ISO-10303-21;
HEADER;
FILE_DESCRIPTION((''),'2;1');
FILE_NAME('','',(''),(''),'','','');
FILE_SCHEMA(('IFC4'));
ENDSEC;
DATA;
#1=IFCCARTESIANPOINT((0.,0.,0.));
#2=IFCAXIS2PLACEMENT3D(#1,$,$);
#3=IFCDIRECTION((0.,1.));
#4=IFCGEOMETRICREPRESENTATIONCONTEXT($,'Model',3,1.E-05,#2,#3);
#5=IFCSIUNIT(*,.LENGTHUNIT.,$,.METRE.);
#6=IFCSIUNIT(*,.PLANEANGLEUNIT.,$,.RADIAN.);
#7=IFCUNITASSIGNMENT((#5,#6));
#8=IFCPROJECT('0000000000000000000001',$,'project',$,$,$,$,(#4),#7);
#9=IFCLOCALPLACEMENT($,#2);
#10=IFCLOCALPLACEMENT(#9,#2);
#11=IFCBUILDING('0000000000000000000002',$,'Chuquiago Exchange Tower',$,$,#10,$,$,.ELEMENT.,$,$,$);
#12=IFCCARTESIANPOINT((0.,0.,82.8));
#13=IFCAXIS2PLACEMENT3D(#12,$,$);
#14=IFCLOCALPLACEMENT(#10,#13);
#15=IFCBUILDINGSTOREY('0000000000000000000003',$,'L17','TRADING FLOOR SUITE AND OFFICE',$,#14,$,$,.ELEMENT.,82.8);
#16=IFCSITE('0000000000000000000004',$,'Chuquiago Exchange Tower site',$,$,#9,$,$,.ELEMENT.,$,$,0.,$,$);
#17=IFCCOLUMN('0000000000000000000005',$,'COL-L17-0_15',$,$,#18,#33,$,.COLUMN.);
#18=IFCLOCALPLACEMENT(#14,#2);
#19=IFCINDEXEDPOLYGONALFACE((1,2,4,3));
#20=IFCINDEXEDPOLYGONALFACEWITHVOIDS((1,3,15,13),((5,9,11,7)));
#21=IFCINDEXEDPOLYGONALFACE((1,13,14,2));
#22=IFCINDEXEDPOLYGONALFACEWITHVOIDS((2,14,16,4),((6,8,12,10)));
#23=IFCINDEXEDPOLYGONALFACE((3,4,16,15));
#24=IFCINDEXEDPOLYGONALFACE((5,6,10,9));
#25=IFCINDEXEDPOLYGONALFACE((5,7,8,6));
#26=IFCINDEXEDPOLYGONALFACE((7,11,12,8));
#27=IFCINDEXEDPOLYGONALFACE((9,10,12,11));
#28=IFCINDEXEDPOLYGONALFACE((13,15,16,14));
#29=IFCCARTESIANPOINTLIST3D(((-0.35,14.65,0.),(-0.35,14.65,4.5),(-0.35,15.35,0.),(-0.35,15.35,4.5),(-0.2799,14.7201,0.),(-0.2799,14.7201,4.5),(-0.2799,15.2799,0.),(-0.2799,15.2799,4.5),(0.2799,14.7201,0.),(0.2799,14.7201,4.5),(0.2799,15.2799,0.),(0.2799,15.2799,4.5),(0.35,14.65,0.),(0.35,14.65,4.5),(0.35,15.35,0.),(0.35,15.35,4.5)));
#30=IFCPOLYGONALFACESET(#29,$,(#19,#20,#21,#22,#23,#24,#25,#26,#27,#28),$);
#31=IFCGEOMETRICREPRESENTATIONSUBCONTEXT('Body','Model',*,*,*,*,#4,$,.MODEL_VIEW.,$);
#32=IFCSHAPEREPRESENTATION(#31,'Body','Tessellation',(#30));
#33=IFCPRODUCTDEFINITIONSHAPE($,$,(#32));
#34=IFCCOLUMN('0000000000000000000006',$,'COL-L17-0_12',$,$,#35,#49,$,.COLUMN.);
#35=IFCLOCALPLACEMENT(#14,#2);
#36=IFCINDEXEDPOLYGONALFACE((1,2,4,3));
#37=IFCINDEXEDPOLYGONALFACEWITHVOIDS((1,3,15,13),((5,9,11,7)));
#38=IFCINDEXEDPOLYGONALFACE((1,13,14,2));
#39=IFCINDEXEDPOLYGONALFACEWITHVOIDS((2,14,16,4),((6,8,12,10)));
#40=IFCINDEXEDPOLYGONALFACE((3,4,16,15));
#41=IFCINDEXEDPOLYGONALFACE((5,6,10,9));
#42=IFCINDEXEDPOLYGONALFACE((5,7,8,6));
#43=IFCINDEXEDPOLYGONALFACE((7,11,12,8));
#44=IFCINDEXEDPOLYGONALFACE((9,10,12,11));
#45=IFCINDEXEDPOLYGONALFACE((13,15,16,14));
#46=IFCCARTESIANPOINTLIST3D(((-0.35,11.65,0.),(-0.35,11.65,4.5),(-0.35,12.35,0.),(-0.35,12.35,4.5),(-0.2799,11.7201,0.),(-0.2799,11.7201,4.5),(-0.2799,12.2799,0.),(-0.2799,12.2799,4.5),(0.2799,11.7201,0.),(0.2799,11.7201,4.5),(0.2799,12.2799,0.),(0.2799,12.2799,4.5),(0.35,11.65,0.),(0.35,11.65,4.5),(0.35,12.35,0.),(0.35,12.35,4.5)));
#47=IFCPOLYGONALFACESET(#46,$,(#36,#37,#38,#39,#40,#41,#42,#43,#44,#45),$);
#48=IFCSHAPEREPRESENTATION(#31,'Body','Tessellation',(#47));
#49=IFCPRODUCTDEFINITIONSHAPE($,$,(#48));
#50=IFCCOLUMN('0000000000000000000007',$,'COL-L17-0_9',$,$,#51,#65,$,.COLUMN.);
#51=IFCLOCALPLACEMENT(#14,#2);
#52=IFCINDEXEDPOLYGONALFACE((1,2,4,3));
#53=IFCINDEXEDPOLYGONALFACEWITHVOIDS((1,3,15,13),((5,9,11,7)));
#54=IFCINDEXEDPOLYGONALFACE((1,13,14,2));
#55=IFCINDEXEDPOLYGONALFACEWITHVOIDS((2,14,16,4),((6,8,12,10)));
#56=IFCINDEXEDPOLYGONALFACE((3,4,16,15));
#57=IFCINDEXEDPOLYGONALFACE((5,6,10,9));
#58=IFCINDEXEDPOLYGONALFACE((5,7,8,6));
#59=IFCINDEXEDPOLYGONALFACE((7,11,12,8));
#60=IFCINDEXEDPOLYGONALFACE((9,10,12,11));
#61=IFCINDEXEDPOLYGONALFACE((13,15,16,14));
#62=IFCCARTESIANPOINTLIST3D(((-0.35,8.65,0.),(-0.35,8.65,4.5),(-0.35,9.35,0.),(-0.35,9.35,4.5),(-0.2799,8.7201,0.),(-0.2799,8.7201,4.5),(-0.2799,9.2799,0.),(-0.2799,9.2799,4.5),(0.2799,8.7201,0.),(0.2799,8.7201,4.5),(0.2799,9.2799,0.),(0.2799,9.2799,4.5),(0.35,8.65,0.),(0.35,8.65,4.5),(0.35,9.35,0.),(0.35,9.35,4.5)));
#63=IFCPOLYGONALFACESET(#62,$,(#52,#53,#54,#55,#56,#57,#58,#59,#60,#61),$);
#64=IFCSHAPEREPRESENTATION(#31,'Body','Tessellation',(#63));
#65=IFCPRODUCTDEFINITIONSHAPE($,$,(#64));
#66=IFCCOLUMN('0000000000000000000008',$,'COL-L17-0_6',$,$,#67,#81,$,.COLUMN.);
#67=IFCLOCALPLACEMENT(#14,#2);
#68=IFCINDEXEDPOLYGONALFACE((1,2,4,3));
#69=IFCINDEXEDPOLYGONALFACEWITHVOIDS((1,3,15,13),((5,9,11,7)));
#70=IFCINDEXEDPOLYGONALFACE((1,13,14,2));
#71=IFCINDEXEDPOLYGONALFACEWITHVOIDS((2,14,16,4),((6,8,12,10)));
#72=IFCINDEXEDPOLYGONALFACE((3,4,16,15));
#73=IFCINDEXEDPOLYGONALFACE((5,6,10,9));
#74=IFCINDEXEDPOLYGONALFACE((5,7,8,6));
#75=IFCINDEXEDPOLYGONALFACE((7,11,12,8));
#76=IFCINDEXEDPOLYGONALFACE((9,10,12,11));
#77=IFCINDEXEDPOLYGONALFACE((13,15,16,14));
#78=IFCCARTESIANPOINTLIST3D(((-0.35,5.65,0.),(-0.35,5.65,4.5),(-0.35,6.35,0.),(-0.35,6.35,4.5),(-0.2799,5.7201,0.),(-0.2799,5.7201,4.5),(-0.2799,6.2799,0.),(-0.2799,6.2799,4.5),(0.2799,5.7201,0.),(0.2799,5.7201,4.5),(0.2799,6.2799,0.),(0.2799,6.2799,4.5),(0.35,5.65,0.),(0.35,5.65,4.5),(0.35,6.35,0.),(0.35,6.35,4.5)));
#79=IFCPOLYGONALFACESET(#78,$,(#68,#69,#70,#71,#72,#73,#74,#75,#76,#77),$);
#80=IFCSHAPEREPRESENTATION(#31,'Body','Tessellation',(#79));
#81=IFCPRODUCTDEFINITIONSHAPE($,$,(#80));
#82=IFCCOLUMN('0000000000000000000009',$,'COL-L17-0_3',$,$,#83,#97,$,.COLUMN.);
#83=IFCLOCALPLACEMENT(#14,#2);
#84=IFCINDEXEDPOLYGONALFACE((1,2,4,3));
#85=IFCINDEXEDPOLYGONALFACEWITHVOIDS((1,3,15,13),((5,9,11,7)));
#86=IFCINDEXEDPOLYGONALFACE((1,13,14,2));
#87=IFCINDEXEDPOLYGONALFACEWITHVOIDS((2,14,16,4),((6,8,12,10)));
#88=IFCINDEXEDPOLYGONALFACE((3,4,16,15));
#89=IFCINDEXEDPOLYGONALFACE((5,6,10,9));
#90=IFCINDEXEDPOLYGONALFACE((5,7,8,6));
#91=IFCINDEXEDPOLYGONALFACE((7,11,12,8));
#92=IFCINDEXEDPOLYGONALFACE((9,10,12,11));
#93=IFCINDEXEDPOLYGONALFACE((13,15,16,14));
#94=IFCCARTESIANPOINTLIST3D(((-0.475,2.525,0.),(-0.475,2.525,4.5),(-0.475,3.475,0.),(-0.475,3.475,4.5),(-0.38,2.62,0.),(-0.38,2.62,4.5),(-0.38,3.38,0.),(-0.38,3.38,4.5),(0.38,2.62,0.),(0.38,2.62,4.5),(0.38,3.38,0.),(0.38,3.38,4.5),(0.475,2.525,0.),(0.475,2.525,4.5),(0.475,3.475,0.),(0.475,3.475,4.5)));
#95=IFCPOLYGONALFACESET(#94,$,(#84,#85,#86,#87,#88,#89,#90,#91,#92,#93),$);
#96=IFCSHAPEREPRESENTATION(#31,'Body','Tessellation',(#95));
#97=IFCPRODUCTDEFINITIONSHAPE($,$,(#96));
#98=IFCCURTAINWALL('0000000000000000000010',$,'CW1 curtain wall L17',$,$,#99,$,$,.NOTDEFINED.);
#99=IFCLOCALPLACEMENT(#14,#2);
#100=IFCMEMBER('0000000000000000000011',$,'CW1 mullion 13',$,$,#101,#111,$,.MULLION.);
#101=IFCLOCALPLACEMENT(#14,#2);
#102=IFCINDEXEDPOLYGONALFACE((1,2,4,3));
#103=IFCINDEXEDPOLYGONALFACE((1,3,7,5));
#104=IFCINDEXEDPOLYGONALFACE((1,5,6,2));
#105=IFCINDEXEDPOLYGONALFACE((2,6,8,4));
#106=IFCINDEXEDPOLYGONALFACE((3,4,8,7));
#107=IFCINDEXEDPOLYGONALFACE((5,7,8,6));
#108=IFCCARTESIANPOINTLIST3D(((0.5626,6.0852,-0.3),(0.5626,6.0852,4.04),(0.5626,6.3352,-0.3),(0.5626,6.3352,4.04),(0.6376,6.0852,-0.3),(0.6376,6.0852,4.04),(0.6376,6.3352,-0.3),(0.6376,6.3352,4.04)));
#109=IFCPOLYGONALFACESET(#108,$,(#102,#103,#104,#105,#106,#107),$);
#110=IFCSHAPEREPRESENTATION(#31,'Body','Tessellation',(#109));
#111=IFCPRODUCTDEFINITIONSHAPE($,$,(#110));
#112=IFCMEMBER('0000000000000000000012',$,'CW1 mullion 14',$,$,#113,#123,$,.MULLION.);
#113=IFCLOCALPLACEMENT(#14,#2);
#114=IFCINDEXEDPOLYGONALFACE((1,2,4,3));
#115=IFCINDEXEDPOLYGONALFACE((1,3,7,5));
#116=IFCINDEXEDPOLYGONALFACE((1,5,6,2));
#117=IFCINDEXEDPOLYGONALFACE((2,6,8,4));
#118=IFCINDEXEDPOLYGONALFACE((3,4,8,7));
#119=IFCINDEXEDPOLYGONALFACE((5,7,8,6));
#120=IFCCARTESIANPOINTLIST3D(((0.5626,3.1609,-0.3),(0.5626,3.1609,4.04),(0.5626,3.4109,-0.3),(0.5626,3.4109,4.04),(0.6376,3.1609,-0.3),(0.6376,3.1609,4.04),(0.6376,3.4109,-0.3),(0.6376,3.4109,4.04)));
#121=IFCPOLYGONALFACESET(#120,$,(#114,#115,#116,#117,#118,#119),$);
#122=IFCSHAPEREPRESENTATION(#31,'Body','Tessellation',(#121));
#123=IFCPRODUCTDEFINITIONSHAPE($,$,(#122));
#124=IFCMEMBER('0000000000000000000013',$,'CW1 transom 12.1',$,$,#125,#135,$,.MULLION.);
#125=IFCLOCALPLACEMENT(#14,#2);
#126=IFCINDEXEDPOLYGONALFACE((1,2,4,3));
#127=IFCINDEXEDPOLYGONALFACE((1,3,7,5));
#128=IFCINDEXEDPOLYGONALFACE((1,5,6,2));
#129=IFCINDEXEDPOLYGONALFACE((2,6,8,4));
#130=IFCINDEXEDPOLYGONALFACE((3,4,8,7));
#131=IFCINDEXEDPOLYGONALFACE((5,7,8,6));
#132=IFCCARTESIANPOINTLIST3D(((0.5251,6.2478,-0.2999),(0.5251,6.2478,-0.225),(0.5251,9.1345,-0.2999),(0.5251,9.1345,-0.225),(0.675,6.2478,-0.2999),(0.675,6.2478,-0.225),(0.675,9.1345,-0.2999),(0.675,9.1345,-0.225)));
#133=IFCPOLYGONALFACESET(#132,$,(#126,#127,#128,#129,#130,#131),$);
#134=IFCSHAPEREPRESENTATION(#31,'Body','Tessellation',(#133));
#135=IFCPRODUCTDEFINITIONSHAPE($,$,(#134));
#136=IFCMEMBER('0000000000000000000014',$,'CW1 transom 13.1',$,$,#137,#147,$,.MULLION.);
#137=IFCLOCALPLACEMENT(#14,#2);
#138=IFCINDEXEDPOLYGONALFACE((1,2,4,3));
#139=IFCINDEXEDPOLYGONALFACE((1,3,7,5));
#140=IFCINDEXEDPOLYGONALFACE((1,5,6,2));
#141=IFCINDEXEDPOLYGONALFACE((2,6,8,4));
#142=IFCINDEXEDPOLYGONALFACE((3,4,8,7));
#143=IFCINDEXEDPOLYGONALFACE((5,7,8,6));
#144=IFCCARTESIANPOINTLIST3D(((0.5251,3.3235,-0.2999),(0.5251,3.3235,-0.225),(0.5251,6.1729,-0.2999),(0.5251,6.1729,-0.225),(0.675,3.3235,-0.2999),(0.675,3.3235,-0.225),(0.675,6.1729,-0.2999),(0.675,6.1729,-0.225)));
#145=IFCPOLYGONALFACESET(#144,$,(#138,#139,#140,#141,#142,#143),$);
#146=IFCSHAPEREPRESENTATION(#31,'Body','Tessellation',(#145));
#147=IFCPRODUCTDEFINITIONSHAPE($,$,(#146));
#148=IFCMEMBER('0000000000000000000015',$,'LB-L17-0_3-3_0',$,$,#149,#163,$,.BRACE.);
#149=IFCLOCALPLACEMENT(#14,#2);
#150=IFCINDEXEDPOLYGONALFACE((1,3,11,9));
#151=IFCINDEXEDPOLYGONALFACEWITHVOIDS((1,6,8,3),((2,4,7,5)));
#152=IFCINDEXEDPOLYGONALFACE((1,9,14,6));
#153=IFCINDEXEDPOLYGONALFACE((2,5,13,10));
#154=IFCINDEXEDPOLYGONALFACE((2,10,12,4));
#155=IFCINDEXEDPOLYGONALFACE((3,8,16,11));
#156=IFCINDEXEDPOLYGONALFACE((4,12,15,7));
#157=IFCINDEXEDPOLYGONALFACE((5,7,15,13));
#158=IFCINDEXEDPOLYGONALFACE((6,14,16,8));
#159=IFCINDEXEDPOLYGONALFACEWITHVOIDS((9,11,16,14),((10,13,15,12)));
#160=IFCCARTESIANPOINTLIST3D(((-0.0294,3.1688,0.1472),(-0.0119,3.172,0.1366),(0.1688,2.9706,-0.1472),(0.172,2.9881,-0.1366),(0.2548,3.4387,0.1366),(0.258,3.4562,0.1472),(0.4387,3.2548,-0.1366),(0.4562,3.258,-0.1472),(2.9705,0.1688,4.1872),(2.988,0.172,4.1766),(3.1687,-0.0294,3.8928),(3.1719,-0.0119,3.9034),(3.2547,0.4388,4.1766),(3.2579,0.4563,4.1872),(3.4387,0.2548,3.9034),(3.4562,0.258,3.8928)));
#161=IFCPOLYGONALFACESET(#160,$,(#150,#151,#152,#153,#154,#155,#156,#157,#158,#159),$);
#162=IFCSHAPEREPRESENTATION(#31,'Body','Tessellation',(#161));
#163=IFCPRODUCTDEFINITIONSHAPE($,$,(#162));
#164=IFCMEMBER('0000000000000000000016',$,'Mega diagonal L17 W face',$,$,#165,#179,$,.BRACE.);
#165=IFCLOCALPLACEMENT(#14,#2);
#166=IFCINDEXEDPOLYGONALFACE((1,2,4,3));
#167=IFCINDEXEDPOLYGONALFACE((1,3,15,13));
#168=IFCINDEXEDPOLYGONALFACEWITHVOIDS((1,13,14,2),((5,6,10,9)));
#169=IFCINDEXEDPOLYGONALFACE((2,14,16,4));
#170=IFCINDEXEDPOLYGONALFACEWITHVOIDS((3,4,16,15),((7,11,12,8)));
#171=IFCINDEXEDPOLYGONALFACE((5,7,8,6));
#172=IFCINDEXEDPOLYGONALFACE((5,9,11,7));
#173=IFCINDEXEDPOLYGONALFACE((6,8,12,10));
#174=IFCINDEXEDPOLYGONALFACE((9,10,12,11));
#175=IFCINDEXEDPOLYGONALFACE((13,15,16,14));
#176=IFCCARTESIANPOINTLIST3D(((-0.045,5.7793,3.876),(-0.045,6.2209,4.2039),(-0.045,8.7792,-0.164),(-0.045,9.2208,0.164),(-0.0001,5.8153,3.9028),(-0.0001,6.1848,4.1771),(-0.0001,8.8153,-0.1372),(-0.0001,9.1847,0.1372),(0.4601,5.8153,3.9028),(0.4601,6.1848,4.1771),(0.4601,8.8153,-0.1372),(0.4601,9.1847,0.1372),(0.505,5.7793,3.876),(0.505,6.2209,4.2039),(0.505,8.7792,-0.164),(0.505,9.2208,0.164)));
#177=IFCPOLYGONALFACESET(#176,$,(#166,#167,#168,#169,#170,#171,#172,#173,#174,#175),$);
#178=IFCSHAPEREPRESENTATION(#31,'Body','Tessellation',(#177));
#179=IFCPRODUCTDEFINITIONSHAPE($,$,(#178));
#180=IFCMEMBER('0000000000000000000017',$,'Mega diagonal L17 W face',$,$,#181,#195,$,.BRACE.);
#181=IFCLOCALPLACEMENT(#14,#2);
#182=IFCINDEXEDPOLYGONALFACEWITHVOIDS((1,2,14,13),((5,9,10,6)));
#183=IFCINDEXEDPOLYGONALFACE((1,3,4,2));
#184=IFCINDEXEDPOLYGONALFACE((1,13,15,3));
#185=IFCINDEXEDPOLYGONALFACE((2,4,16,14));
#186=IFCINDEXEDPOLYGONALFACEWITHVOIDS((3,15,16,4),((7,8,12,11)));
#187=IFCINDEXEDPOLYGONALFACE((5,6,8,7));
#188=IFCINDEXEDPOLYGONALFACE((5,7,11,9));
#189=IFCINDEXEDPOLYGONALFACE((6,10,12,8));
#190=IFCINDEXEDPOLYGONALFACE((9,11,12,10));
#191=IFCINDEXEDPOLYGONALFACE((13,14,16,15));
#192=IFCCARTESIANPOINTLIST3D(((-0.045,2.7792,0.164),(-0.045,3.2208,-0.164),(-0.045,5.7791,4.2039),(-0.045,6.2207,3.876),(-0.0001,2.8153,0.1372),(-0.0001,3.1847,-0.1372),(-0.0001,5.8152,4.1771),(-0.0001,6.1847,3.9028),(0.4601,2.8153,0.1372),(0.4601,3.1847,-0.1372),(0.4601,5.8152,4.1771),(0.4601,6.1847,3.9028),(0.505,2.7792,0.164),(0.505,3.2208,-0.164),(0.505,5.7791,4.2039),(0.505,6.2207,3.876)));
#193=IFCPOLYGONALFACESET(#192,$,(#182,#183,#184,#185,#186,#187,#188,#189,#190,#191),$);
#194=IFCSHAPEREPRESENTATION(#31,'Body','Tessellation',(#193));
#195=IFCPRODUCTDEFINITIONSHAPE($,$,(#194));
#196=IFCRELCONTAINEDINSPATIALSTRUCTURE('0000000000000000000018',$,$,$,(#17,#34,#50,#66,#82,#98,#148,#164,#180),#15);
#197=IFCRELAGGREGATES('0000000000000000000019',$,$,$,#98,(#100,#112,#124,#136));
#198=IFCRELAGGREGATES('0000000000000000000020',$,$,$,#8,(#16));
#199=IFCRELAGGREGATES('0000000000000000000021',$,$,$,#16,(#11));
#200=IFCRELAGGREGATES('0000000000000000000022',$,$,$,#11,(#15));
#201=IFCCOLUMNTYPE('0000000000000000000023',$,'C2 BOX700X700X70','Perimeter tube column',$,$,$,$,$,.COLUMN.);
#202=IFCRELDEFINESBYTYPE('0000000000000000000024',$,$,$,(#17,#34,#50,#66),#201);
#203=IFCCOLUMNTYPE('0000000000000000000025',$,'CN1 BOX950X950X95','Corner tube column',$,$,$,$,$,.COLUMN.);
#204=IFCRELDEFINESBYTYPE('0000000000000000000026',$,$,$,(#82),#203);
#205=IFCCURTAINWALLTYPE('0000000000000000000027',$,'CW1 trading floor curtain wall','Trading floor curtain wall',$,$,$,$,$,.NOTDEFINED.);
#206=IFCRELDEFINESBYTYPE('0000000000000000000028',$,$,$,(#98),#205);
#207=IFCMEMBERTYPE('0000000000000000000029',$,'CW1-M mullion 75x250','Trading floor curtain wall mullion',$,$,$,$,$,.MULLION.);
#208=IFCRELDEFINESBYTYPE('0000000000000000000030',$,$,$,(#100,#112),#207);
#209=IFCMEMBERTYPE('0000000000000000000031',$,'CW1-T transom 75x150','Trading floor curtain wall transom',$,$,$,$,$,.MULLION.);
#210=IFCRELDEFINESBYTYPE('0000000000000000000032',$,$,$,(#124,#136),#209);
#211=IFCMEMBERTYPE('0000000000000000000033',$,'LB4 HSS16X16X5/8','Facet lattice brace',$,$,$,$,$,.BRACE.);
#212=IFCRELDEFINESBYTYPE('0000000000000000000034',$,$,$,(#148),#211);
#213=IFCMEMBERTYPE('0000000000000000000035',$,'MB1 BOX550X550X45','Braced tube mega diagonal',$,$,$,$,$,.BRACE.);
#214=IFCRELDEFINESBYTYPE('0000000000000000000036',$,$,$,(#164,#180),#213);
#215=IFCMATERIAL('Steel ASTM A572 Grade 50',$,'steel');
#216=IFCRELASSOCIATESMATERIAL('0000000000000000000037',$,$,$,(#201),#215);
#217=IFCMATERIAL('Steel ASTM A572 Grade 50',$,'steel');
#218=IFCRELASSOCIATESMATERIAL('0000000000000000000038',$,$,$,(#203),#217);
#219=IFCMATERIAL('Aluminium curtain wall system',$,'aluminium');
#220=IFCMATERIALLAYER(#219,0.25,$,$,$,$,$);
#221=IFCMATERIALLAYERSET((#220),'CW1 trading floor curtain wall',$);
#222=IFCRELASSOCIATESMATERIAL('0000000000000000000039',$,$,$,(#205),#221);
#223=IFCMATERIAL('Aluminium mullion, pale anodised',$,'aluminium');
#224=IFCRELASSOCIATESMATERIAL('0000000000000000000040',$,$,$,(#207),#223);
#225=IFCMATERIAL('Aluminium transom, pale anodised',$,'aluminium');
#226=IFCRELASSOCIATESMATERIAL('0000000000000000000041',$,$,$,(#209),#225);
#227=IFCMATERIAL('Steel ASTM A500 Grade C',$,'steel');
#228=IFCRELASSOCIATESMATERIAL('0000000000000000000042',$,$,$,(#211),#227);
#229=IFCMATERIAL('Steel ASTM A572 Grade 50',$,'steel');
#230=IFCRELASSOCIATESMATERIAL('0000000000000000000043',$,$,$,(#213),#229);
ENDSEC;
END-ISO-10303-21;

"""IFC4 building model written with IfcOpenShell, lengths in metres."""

from ifc_helpers import new_model, si_unit, direction, frame, origin, origin_2d, place, context, subcontext, project, spatial, rectangle, hollow_rectangle, extrude, material, layer, layer_set, material_profile, profile_set, type_object, element, aggregate, save


model = new_model("IFC4")

# Units and contexts
model_context = context("Model", 3, precision=1e-05, world=origin(), true_north=direction((0.0, 1.0)))
body_context = subcontext(model_context, "Body", "Model", "MODEL_VIEW")
ifc_project = project(units=[si_unit("LENGTHUNIT", "METRE"), si_unit("PLANEANGLEUNIT", "RADIAN")], contexts=[model_context])

# Site, building, storey
site_placement = place(None, origin())
site = spatial("IfcSite", under=ifc_project, at=site_placement, Name="Chuquiago Exchange Tower site", CompositionType="ELEMENT", RefElevation=0.0)
building_placement = place(site_placement, origin())
building = spatial("IfcBuilding", under=site, at=building_placement, Name="Chuquiago Exchange Tower", CompositionType="ELEMENT")
storey_placement = place(building_placement, frame((0.0, 0.0, 82.8)))
storey = spatial("IfcBuildingStorey", under=building, at=storey_placement, Name="L17", Description="TRADING FLOOR SUITE AND OFFICE", CompositionType="ELEMENT", Elevation=82.8)

# Columns
ifc_material_1 = material(Name="Steel ASTM A572 Grade 50", Category="steel")
ifc_material_profile_1 = material_profile(ifc_material_1, hollow_rectangle(XDim=0.7, YDim=0.7, WallThickness=0.0701, at=origin_2d()), Name="BOX700X700X70")
ifc_profile_set_1 = profile_set([ifc_material_profile_1], Name="Steel ASTM A572 Grade 50")
column_type_1 = type_object("IfcColumnType", Name="C2 BOX700X700X70", Description="Perimeter tube column", PredefinedType="COLUMN", material=ifc_profile_set_1)
for number, where, z_axis, x_axis, name in (
    (1, (0.0, 15.0, 0.0), (0.0, 0.0, 1.0), (-1.0, 0.0, 0.0), "COL-L17-0_15"),
    (2, (0.0, 12.0, 0.0), (0.0, 0.0, 1.0), (-1.0, 0.0, 0.0), "COL-L17-0_12"),
    (3, (0.0, 9.0, 0.0), (0.0, 0.0, 1.0), (-1.0, 0.0, 0.0), "COL-L17-0_9"),
    (4, (0.0, 6.0, 0.0), (0.0, 0.0, 1.0), (-1.0, 0.0, 0.0), "COL-L17-0_6"),
):
    element("IfcColumn", number, at=place(storey_placement, frame(where, z_axis=z_axis, x_axis=x_axis)), inside=storey, type_object=column_type_1, Name=name, PredefinedType="COLUMN", context=body_context, shape_type="SweptSolid", body=[
        extrude(hollow_rectangle(XDim=0.7, YDim=0.7, WallThickness=0.0701, at=origin_2d()), origin(), (0.0, 0.0, 1.0), 4.5),
    ])
ifc_material_2 = material(Name="Steel ASTM A572 Grade 50", Category="steel")
ifc_material_profile_2 = material_profile(ifc_material_2, hollow_rectangle(XDim=0.95, YDim=0.95, WallThickness=0.095, at=origin_2d()), Name="BOX950X950X95")
ifc_profile_set_2 = profile_set([ifc_material_profile_2], Name="Steel ASTM A572 Grade 50")
column_type_2 = type_object("IfcColumnType", Name="CN1 BOX950X950X95", Description="Corner tube column", PredefinedType="COLUMN", material=ifc_profile_set_2)
column_placement = place(storey_placement, frame((0.0, 3.0, 0.0), z_axis=(0.0, 0.0, 1.0), x_axis=(-1.0, 0.0, 0.0)))
element("IfcColumn", 5, at=column_placement, inside=storey, type_object=column_type_2, Name="COL-L17-0_3", PredefinedType="COLUMN", context=body_context, shape_type="SweptSolid", body=[
    extrude(hollow_rectangle(XDim=0.95, YDim=0.95, WallThickness=0.095, at=origin_2d()), origin(), (0.0, 0.0, 1.0), 4.5),
])

# Curtain wall, members
ifc_material_3 = material(Name="Aluminium curtain wall system", Category="aluminium")
ifc_layer_1 = layer(ifc_material_3, 0.25)
ifc_layer_set_1 = layer_set([ifc_layer_1], Name="CW1 trading floor curtain wall")
curtain_wall_type = type_object("IfcCurtainWallType", Name="CW1 trading floor curtain wall", Description="Trading floor curtain wall", PredefinedType="NOTDEFINED", material=ifc_layer_set_1)
curtain_wall_placement = place(storey_placement, origin())
curtain_wall = element("IfcCurtainWall", 6, at=curtain_wall_placement, inside=storey, type_object=curtain_wall_type, Name="CW1 curtain wall L17", PredefinedType="NOTDEFINED")
ifc_material_4 = material(Name="Aluminium mullion, pale anodised", Category="aluminium")
ifc_material_profile_3 = material_profile(ifc_material_4, rectangle(XDim=0.075, YDim=0.25, at=origin_2d()), Name="AL 75x250")
ifc_profile_set_3 = profile_set([ifc_material_profile_3], Name="Aluminium mullion, pale anodised")
member_type_1 = type_object("IfcMemberType", Name="CW1-M mullion 75x250", Description="Trading floor curtain wall mullion", PredefinedType="MULLION", material=ifc_profile_set_3)
member_1_placement = place(storey_placement, frame((0.6001, 6.2102, -0.3), z_axis=(0.0, 0.0, 1.0), x_axis=(1.0, 0.0, 0.0)))
member_1 = element("IfcMember", 7, at=member_1_placement, type_object=member_type_1, Name="CW1 mullion 13", PredefinedType="MULLION", context=body_context, shape_type="SweptSolid", body=[
    extrude(rectangle(XDim=0.075, YDim=0.25, at=origin_2d()), origin(), (0.0, 0.0, 1.0), 4.3401),
])
member_2_placement = place(storey_placement, frame((0.6001, 3.2859, -0.3), z_axis=(0.0, 0.0, 1.0), x_axis=(1.0, 0.0, 0.0)))
member_2 = element("IfcMember", 8, at=member_2_placement, type_object=member_type_1, Name="CW1 mullion 14", PredefinedType="MULLION", context=body_context, shape_type="SweptSolid", body=[
    extrude(rectangle(XDim=0.075, YDim=0.25, at=origin_2d()), origin(), (0.0, 0.0, 1.0), 4.3401),
])
ifc_material_5 = material(Name="Aluminium transom, pale anodised", Category="aluminium")
ifc_material_profile_4 = material_profile(ifc_material_5, rectangle(XDim=0.1499, YDim=0.075, at=origin_2d()), Name="AL 150x75")
ifc_profile_set_4 = profile_set([ifc_material_profile_4], Name="Aluminium transom, pale anodised")
member_type_2 = type_object("IfcMemberType", Name="CW1-T transom 75x150", Description="Trading floor curtain wall transom", PredefinedType="MULLION", material=ifc_profile_set_4)
member_3_placement = place(storey_placement, frame((0.6001, 9.1345, -0.2625), z_axis=(0.0, -1.0, 0.0), x_axis=(1.0, 0.0, 0.0)))
member_3 = element("IfcMember", 9, at=member_3_placement, type_object=member_type_2, Name="CW1 transom 12.1", PredefinedType="MULLION", context=body_context, shape_type="SweptSolid", body=[
    extrude(rectangle(XDim=0.1499, YDim=0.075, at=origin_2d()), origin(), (0.0, 0.0, 1.0), 2.8867),
])
member_4_placement = place(storey_placement, frame((0.6001, 6.1729, -0.2625), z_axis=(0.0, -1.0, 0.0), x_axis=(1.0, 0.0, 0.0)))
member_4 = element("IfcMember", 10, at=member_4_placement, type_object=member_type_2, Name="CW1 transom 13.1", PredefinedType="MULLION", context=body_context, shape_type="SweptSolid", body=[
    extrude(rectangle(XDim=0.1499, YDim=0.075, at=origin_2d()), origin(), (0.0, 0.0, 1.0), 2.8494),
])

# Members
ifc_material_6 = material(Name="Steel ASTM A500 Grade C", Category="steel")
ifc_material_profile_5 = material_profile(ifc_material_6, hollow_rectangle(XDim=0.4065, YDim=0.4065, WallThickness=0.0146, at=origin_2d()), Name="HSS16X16X5/8")
ifc_profile_set_5 = profile_set([ifc_material_profile_5], Name="Steel ASTM A500 Grade C")
member_type_3 = type_object("IfcMemberType", Name="LB4 HSS16X16X5/8", Description="Facet lattice brace", PredefinedType="BRACE", material=ifc_profile_set_5)
member_5_placement = place(storey_placement, frame((0.2134, 3.2134, 0.0), z_axis=(0.512077, -0.512077, 0.689604), x_axis=(0.707107, 0.707107, 0.0)))
element("IfcMember", 11, at=member_5_placement, inside=storey, type_object=member_type_3, Name="LB-L17-0_3-3_0", PredefinedType="BRACE", context=body_context, shape_type="SweptSolid", body=[
    extrude(hollow_rectangle(XDim=0.4065, YDim=0.4065, WallThickness=0.0146, at=origin_2d()), origin(), (0.0, 0.0, 1.0), 5.8584),
])
ifc_material_7 = material(Name="Steel ASTM A572 Grade 50", Category="steel")
ifc_material_profile_6 = material_profile(ifc_material_7, hollow_rectangle(XDim=0.55, YDim=0.55, WallThickness=0.0449, at=origin_2d()), Name="BOX550X550X45")
ifc_profile_set_6 = profile_set([ifc_material_profile_6], Name="Steel ASTM A572 Grade 50")
member_type_4 = type_object("IfcMemberType", Name="MB1 BOX550X550X45", Description="Braced tube mega diagonal", PredefinedType="BRACE", material=ifc_profile_set_6)
for number, where, z_axis, x_axis, name in (
    (12, (0.23, 9.0, 0.0), (0.0, -0.596174, 0.802855), (1.0, 0.0, 0.0), "Mega diagonal L17 W face"),
    (13, (0.23, 3.0, 0.0), (0.0, 0.596174, 0.802855), (-1.0, 0.0, 0.0), "Mega diagonal L17 W face"),
):
    element("IfcMember", number, at=place(storey_placement, frame(where, z_axis=z_axis, x_axis=x_axis)), inside=storey, type_object=member_type_4, Name=name, PredefinedType="BRACE", context=body_context, shape_type="SweptSolid", body=[
        extrude(hollow_rectangle(XDim=0.55, YDim=0.55, WallThickness=0.0449, at=origin_2d()), origin(), (0.0, 0.0, 1.0), 5.032),
    ])

aggregate(curtain_wall, [member_1, member_2, member_3, member_4])

save(model, "model.ifc")
